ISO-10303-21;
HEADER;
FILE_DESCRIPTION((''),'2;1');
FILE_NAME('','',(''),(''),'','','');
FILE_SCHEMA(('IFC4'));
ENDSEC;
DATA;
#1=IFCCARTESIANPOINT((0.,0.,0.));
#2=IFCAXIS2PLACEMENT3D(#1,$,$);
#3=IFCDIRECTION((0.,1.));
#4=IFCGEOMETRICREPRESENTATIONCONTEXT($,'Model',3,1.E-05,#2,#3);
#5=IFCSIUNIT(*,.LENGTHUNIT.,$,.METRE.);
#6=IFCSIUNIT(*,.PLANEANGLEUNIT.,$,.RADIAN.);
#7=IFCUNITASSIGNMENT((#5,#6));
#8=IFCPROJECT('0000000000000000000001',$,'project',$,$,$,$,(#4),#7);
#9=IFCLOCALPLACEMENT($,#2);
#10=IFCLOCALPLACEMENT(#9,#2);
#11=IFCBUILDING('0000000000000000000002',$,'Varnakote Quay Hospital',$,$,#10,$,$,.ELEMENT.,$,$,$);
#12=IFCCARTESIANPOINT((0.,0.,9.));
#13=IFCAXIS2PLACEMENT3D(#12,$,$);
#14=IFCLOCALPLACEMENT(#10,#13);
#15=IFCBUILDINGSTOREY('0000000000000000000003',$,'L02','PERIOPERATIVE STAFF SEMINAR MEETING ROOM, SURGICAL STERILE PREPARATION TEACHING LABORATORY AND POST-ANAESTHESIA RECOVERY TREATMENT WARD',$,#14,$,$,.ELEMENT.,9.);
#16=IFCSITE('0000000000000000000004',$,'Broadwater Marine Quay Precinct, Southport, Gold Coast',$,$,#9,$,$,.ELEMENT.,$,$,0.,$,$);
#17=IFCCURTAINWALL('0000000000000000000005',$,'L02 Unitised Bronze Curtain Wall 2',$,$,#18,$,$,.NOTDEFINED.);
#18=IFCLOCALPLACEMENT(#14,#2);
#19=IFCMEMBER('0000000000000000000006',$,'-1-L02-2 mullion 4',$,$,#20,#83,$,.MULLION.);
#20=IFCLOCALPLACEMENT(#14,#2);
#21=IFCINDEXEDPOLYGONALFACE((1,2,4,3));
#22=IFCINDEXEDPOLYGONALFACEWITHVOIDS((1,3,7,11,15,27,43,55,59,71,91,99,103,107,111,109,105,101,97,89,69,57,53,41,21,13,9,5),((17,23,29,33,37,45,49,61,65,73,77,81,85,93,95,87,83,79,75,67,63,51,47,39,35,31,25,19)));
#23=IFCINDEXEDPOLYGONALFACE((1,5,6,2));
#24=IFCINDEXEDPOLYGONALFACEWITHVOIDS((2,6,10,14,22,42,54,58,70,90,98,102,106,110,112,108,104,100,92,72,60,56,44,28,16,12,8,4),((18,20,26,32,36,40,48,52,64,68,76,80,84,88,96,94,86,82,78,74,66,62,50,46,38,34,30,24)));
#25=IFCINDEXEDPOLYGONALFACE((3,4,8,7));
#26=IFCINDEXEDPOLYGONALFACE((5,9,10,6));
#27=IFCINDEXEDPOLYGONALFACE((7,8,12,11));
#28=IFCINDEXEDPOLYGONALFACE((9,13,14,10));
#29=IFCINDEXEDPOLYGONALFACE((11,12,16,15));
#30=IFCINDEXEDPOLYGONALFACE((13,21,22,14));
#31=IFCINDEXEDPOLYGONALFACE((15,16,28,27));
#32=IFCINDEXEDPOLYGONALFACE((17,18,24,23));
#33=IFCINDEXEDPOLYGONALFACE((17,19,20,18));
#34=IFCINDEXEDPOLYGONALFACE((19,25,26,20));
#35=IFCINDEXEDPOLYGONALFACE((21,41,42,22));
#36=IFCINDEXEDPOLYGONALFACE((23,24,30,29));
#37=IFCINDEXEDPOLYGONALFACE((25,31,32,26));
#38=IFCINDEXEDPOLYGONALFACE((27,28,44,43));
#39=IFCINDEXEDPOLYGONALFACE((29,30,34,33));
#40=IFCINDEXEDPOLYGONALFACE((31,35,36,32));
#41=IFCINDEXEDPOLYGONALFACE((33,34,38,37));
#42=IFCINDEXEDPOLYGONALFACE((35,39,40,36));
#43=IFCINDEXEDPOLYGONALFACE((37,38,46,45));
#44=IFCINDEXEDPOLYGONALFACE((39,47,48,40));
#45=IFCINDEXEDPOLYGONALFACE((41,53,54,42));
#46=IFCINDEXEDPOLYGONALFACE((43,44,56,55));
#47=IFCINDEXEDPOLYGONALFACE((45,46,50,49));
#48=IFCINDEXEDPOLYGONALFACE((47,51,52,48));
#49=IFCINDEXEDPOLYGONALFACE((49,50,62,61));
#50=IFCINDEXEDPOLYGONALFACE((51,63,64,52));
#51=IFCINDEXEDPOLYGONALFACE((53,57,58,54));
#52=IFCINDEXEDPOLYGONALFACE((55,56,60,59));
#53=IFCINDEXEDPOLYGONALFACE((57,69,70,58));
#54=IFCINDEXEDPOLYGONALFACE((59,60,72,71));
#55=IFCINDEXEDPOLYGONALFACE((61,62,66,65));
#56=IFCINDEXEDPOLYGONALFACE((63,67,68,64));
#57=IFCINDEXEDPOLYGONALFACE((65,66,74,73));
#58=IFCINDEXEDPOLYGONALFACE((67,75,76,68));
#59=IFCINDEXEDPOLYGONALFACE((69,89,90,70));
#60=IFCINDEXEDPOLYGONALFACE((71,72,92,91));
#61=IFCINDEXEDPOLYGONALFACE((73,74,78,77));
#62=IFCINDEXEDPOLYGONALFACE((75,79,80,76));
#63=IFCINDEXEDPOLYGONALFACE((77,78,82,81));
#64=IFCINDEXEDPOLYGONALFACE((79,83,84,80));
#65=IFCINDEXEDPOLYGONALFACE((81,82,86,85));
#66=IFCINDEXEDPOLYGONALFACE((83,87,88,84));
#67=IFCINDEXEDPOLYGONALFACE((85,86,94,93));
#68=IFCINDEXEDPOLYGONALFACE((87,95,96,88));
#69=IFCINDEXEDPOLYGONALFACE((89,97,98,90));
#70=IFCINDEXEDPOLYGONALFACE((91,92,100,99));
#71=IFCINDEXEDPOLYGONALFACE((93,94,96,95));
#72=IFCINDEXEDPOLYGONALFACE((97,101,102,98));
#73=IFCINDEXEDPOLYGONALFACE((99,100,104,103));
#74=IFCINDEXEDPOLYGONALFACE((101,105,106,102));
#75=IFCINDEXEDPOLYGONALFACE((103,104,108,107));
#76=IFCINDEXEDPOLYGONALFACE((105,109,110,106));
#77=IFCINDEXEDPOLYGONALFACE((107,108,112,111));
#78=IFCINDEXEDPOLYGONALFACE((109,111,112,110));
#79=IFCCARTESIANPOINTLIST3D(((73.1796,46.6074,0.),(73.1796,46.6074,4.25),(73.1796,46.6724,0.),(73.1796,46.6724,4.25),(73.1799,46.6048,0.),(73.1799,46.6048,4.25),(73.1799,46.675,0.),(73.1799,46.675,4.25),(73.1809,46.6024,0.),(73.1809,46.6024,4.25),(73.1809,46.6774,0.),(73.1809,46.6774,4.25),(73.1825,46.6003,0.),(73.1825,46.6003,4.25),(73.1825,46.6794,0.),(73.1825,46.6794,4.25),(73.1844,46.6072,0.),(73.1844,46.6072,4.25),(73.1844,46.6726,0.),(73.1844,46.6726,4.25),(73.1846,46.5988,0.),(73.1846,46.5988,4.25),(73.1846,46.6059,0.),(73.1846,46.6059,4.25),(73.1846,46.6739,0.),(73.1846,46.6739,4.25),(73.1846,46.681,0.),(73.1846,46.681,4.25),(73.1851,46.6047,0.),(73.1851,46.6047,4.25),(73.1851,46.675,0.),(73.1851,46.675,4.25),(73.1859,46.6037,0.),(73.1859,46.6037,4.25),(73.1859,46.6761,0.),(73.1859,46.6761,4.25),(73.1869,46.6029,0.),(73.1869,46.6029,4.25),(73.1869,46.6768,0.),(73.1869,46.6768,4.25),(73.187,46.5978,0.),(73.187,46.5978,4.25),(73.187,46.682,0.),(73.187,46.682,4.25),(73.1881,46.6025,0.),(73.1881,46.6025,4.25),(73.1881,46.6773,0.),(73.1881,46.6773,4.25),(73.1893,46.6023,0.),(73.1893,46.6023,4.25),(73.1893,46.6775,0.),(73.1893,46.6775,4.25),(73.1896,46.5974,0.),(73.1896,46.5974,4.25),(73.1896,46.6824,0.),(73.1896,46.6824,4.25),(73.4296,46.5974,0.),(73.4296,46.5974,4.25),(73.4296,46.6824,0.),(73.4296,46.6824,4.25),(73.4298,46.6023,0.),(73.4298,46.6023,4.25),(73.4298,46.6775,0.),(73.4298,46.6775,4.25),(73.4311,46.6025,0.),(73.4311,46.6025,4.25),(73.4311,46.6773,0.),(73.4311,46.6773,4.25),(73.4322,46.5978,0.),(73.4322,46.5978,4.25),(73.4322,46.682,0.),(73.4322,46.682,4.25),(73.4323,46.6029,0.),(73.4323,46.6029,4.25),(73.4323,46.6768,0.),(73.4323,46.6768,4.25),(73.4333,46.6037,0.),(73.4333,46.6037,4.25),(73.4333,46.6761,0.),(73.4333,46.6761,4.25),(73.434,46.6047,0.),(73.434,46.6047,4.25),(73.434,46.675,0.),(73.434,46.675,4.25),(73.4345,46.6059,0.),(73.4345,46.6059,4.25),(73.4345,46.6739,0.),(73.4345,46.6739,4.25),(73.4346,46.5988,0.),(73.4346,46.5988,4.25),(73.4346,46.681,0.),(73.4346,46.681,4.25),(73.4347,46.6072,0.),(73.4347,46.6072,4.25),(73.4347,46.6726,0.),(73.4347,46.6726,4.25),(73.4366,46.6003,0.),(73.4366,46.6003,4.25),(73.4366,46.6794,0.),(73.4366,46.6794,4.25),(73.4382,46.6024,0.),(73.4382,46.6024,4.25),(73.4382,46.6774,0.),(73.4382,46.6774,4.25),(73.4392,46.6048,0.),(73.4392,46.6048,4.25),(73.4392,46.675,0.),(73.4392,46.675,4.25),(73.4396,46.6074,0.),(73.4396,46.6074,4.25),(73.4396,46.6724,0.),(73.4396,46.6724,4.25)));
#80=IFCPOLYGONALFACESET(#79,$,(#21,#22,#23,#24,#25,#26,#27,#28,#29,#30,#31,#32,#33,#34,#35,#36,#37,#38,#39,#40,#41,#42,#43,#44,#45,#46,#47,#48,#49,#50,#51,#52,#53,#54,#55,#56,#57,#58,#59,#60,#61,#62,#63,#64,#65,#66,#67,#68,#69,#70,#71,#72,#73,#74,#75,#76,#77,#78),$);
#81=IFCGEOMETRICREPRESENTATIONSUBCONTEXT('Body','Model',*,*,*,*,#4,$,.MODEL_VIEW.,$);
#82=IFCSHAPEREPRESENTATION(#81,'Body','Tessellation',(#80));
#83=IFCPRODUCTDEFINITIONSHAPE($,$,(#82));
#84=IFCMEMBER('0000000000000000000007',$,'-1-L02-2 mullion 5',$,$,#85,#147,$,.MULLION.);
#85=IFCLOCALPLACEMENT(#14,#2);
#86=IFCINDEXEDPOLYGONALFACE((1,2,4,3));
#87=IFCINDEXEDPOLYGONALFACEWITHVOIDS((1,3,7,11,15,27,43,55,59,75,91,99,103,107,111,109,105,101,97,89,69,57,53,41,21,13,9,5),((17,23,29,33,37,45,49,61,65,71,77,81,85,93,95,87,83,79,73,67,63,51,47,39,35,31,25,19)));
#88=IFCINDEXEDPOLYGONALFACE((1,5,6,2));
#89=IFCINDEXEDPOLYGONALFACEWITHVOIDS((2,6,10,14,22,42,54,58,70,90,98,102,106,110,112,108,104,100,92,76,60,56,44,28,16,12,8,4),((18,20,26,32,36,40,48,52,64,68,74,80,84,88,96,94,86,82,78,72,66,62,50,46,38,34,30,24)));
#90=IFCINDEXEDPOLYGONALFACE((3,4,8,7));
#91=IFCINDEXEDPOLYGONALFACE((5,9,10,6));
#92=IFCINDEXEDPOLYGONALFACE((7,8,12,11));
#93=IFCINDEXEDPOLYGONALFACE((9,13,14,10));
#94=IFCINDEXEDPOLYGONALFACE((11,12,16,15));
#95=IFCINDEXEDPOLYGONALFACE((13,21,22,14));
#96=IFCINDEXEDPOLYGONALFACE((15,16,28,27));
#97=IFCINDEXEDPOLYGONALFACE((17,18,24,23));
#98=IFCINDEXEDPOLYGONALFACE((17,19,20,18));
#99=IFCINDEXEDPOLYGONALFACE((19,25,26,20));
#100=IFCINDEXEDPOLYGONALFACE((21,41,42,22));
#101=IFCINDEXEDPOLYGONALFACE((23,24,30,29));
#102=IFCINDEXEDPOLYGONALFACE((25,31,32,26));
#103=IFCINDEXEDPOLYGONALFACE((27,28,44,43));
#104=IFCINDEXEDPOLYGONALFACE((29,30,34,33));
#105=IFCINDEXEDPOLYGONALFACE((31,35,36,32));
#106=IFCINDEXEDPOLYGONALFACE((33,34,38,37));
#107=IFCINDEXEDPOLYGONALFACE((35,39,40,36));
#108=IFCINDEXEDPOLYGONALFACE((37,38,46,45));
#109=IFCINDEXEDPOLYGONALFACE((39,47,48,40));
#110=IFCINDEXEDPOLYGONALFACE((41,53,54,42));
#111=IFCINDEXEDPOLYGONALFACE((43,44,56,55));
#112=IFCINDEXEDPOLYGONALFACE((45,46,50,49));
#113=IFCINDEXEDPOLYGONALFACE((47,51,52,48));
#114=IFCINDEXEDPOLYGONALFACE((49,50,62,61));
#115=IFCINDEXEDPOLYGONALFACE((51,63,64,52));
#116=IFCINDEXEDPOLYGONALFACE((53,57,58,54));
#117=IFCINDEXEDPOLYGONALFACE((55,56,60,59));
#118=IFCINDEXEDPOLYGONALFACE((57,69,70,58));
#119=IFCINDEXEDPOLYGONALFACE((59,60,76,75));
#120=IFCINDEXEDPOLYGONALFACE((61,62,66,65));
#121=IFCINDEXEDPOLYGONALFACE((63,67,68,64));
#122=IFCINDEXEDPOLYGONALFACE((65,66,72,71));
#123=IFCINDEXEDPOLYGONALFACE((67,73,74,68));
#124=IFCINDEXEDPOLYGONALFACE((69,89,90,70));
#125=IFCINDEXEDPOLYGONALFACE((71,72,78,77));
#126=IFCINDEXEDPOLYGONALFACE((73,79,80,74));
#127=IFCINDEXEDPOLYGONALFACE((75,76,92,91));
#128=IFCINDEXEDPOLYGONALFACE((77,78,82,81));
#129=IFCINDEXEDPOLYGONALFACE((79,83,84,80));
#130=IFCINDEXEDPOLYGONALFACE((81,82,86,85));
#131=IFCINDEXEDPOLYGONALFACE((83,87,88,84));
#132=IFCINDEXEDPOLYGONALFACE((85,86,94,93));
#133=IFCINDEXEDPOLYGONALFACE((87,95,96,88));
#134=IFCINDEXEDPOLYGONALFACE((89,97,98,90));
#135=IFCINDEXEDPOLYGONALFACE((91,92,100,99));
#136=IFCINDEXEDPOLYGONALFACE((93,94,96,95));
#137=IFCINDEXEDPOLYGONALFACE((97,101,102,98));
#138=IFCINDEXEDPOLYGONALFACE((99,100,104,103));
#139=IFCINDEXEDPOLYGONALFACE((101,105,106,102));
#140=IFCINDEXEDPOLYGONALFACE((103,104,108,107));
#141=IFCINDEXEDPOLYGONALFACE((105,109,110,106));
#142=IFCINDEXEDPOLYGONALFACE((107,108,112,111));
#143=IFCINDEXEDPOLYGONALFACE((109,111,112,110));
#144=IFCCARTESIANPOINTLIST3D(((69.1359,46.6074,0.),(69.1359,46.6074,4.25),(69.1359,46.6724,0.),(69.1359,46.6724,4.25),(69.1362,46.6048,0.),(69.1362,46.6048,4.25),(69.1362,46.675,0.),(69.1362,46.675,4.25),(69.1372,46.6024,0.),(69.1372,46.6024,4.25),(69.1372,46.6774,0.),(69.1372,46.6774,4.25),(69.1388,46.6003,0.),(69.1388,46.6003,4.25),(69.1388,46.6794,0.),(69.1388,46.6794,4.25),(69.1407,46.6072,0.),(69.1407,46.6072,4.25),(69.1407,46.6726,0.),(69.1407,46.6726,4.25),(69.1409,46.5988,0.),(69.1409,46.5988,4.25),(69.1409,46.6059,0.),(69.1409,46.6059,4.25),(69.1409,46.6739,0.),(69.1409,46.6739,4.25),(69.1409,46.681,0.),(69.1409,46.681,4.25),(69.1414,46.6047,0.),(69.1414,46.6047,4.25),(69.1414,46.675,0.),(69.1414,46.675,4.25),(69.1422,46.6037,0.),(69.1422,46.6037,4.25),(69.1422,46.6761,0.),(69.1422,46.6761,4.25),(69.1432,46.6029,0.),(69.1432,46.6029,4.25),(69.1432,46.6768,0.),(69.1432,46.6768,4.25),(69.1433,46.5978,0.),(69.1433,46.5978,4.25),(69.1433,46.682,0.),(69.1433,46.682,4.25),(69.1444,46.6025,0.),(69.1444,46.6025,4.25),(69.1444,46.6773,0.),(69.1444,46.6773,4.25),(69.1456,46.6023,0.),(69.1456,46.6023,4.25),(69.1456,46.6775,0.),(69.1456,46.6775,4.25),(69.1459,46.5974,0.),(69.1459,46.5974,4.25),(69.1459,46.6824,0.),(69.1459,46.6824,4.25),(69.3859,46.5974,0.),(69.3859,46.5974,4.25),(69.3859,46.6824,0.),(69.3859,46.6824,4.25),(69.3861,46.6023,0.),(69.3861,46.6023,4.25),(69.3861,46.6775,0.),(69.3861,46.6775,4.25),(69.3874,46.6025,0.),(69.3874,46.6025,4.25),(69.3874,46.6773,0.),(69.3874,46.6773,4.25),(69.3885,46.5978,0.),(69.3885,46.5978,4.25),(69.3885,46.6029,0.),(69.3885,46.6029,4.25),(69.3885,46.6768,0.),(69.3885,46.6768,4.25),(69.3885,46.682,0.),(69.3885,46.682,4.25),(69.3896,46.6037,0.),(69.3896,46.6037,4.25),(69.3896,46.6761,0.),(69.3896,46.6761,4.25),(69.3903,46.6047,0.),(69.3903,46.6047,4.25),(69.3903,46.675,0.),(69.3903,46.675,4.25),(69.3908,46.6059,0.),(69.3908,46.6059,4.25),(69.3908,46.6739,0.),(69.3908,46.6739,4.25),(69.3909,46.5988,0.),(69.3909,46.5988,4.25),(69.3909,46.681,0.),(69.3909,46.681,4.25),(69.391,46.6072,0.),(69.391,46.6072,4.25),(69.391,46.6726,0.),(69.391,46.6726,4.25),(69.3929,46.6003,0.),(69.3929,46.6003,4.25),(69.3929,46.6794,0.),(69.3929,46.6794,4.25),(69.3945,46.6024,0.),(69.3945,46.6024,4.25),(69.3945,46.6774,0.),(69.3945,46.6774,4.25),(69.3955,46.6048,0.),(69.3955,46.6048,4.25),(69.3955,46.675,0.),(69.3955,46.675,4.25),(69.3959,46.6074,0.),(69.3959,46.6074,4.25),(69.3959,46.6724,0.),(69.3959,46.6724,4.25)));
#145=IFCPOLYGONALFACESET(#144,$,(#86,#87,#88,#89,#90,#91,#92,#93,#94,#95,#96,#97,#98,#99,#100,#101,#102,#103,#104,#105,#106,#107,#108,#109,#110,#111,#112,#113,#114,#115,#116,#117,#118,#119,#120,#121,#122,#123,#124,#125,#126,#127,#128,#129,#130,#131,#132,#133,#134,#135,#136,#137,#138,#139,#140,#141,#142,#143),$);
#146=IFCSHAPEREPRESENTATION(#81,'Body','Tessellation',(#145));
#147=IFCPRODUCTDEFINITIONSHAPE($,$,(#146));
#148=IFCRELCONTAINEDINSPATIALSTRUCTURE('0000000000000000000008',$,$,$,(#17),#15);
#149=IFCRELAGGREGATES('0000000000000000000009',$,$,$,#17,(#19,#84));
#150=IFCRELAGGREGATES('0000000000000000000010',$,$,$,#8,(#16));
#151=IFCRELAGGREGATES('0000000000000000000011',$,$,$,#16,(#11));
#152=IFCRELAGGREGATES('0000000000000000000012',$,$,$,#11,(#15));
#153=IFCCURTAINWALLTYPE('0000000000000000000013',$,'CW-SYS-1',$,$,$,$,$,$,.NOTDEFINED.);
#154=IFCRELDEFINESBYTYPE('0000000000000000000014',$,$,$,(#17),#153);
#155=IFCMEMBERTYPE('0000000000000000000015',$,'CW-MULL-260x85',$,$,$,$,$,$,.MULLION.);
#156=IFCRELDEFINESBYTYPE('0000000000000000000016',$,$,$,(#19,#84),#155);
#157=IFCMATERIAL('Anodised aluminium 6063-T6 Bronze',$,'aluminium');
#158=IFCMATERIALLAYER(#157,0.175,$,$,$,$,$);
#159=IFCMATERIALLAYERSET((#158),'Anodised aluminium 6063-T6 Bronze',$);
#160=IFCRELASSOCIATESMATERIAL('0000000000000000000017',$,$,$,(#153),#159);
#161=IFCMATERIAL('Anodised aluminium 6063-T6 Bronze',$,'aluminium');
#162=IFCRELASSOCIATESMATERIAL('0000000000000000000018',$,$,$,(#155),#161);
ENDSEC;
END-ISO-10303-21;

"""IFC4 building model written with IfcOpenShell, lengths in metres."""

from ifc_helpers import new_model, si_unit, direction, frame, origin, origin_2d, place, context, subcontext, project, spatial, hollow_rectangle, extrude, material, layer, layer_set, material_profile, profile_set, type_object, element, aggregate, save


model = new_model("IFC4")

# Units and contexts
model_context = context("Model", 3, precision=1e-05, world=origin(), true_north=direction((0.0, 1.0)))
body_context = subcontext(model_context, "Body", "Model", "MODEL_VIEW")
ifc_project = project(units=[si_unit("LENGTHUNIT", "METRE"), si_unit("PLANEANGLEUNIT", "RADIAN")], contexts=[model_context])

# Site, building, storey
site_placement = place(None, origin())
site = spatial("IfcSite", under=ifc_project, at=site_placement, Name="Broadwater Marine Quay Precinct, Southport, Gold Coast", CompositionType="ELEMENT", RefElevation=0.0)
building_placement = place(site_placement, origin())
building = spatial("IfcBuilding", under=site, at=building_placement, Name="Varnakote Quay Hospital", CompositionType="ELEMENT")
storey_placement = place(building_placement, frame((0.0, 0.0, 9.0)))
storey = spatial("IfcBuildingStorey", under=building, at=storey_placement, Name="L02", Description="PERIOPERATIVE STAFF SEMINAR MEETING ROOM, SURGICAL STERILE PREPARATION TEACHING LABORATORY AND POST-ANAESTHESIA RECOVERY TREATMENT WARD", CompositionType="ELEMENT", Elevation=9.0)

# Curtain wall, members
ifc_material_1 = material(Name="Anodised aluminium 6063-T6 Bronze", Category="aluminium")
ifc_layer_1 = layer(ifc_material_1, 0.175)
ifc_layer_set_1 = layer_set([ifc_layer_1], Name="Anodised aluminium 6063-T6 Bronze")
curtain_wall_type = type_object("IfcCurtainWallType", Name="CW-SYS-1", PredefinedType="NOTDEFINED", material=ifc_layer_set_1)
curtain_wall_placement = place(storey_placement, origin())
curtain_wall = element("IfcCurtainWall", 1, at=curtain_wall_placement, inside=storey, type_object=curtain_wall_type, Name="L02 Unitised Bronze Curtain Wall 2", PredefinedType="NOTDEFINED")
ifc_material_2 = material(Name="Anodised aluminium 6063-T6 Bronze", Category="aluminium")
ifc_material_profile_1 = material_profile(ifc_material_2, hollow_rectangle(XDim=0.085, YDim=0.26, WallThickness=0.0049, InnerFilletRadius=0.0049, OuterFilletRadius=0.01, at=origin_2d()), Name="CW-MULL-260x85")
ifc_profile_set_1 = profile_set([ifc_material_profile_1], Name="Anodised aluminium 6063-T6 Bronze")
member_type_1 = type_object("IfcMemberType", Name="CW-MULL-260x85", PredefinedType="MULLION", material=ifc_profile_set_1)
member_1_placement = place(storey_placement, frame((73.3096, 46.6399, 0.0), z_axis=(0.0, 0.0, 1.0), x_axis=(0.0, -1.0, 0.0)))
member_1 = element("IfcMember", 2, at=member_1_placement, type_object=member_type_1, Name="-1-L02-2 mullion 4", PredefinedType="MULLION", context=body_context, shape_type="SweptSolid", body=[
    extrude(hollow_rectangle(XDim=0.085, YDim=0.26, WallThickness=0.0049, InnerFilletRadius=0.0049, OuterFilletRadius=0.01, at=origin_2d()), origin(), (0.0, 0.0, 1.0), 4.25),
])
member_2_placement = place(storey_placement, frame((69.2659, 46.6399, 0.0), z_axis=(0.0, 0.0, 1.0), x_axis=(0.0, -1.0, 0.0)))
member_2 = element("IfcMember", 3, at=member_2_placement, type_object=member_type_1, Name="-1-L02-2 mullion 5", PredefinedType="MULLION", context=body_context, shape_type="SweptSolid", body=[
    extrude(hollow_rectangle(XDim=0.085, YDim=0.26, WallThickness=0.0049, InnerFilletRadius=0.0049, OuterFilletRadius=0.01, at=origin_2d()), origin(), (0.0, 0.0, 1.0), 4.25),
])

aggregate(curtain_wall, [member_1, member_2])

save(model, "model.ifc")
